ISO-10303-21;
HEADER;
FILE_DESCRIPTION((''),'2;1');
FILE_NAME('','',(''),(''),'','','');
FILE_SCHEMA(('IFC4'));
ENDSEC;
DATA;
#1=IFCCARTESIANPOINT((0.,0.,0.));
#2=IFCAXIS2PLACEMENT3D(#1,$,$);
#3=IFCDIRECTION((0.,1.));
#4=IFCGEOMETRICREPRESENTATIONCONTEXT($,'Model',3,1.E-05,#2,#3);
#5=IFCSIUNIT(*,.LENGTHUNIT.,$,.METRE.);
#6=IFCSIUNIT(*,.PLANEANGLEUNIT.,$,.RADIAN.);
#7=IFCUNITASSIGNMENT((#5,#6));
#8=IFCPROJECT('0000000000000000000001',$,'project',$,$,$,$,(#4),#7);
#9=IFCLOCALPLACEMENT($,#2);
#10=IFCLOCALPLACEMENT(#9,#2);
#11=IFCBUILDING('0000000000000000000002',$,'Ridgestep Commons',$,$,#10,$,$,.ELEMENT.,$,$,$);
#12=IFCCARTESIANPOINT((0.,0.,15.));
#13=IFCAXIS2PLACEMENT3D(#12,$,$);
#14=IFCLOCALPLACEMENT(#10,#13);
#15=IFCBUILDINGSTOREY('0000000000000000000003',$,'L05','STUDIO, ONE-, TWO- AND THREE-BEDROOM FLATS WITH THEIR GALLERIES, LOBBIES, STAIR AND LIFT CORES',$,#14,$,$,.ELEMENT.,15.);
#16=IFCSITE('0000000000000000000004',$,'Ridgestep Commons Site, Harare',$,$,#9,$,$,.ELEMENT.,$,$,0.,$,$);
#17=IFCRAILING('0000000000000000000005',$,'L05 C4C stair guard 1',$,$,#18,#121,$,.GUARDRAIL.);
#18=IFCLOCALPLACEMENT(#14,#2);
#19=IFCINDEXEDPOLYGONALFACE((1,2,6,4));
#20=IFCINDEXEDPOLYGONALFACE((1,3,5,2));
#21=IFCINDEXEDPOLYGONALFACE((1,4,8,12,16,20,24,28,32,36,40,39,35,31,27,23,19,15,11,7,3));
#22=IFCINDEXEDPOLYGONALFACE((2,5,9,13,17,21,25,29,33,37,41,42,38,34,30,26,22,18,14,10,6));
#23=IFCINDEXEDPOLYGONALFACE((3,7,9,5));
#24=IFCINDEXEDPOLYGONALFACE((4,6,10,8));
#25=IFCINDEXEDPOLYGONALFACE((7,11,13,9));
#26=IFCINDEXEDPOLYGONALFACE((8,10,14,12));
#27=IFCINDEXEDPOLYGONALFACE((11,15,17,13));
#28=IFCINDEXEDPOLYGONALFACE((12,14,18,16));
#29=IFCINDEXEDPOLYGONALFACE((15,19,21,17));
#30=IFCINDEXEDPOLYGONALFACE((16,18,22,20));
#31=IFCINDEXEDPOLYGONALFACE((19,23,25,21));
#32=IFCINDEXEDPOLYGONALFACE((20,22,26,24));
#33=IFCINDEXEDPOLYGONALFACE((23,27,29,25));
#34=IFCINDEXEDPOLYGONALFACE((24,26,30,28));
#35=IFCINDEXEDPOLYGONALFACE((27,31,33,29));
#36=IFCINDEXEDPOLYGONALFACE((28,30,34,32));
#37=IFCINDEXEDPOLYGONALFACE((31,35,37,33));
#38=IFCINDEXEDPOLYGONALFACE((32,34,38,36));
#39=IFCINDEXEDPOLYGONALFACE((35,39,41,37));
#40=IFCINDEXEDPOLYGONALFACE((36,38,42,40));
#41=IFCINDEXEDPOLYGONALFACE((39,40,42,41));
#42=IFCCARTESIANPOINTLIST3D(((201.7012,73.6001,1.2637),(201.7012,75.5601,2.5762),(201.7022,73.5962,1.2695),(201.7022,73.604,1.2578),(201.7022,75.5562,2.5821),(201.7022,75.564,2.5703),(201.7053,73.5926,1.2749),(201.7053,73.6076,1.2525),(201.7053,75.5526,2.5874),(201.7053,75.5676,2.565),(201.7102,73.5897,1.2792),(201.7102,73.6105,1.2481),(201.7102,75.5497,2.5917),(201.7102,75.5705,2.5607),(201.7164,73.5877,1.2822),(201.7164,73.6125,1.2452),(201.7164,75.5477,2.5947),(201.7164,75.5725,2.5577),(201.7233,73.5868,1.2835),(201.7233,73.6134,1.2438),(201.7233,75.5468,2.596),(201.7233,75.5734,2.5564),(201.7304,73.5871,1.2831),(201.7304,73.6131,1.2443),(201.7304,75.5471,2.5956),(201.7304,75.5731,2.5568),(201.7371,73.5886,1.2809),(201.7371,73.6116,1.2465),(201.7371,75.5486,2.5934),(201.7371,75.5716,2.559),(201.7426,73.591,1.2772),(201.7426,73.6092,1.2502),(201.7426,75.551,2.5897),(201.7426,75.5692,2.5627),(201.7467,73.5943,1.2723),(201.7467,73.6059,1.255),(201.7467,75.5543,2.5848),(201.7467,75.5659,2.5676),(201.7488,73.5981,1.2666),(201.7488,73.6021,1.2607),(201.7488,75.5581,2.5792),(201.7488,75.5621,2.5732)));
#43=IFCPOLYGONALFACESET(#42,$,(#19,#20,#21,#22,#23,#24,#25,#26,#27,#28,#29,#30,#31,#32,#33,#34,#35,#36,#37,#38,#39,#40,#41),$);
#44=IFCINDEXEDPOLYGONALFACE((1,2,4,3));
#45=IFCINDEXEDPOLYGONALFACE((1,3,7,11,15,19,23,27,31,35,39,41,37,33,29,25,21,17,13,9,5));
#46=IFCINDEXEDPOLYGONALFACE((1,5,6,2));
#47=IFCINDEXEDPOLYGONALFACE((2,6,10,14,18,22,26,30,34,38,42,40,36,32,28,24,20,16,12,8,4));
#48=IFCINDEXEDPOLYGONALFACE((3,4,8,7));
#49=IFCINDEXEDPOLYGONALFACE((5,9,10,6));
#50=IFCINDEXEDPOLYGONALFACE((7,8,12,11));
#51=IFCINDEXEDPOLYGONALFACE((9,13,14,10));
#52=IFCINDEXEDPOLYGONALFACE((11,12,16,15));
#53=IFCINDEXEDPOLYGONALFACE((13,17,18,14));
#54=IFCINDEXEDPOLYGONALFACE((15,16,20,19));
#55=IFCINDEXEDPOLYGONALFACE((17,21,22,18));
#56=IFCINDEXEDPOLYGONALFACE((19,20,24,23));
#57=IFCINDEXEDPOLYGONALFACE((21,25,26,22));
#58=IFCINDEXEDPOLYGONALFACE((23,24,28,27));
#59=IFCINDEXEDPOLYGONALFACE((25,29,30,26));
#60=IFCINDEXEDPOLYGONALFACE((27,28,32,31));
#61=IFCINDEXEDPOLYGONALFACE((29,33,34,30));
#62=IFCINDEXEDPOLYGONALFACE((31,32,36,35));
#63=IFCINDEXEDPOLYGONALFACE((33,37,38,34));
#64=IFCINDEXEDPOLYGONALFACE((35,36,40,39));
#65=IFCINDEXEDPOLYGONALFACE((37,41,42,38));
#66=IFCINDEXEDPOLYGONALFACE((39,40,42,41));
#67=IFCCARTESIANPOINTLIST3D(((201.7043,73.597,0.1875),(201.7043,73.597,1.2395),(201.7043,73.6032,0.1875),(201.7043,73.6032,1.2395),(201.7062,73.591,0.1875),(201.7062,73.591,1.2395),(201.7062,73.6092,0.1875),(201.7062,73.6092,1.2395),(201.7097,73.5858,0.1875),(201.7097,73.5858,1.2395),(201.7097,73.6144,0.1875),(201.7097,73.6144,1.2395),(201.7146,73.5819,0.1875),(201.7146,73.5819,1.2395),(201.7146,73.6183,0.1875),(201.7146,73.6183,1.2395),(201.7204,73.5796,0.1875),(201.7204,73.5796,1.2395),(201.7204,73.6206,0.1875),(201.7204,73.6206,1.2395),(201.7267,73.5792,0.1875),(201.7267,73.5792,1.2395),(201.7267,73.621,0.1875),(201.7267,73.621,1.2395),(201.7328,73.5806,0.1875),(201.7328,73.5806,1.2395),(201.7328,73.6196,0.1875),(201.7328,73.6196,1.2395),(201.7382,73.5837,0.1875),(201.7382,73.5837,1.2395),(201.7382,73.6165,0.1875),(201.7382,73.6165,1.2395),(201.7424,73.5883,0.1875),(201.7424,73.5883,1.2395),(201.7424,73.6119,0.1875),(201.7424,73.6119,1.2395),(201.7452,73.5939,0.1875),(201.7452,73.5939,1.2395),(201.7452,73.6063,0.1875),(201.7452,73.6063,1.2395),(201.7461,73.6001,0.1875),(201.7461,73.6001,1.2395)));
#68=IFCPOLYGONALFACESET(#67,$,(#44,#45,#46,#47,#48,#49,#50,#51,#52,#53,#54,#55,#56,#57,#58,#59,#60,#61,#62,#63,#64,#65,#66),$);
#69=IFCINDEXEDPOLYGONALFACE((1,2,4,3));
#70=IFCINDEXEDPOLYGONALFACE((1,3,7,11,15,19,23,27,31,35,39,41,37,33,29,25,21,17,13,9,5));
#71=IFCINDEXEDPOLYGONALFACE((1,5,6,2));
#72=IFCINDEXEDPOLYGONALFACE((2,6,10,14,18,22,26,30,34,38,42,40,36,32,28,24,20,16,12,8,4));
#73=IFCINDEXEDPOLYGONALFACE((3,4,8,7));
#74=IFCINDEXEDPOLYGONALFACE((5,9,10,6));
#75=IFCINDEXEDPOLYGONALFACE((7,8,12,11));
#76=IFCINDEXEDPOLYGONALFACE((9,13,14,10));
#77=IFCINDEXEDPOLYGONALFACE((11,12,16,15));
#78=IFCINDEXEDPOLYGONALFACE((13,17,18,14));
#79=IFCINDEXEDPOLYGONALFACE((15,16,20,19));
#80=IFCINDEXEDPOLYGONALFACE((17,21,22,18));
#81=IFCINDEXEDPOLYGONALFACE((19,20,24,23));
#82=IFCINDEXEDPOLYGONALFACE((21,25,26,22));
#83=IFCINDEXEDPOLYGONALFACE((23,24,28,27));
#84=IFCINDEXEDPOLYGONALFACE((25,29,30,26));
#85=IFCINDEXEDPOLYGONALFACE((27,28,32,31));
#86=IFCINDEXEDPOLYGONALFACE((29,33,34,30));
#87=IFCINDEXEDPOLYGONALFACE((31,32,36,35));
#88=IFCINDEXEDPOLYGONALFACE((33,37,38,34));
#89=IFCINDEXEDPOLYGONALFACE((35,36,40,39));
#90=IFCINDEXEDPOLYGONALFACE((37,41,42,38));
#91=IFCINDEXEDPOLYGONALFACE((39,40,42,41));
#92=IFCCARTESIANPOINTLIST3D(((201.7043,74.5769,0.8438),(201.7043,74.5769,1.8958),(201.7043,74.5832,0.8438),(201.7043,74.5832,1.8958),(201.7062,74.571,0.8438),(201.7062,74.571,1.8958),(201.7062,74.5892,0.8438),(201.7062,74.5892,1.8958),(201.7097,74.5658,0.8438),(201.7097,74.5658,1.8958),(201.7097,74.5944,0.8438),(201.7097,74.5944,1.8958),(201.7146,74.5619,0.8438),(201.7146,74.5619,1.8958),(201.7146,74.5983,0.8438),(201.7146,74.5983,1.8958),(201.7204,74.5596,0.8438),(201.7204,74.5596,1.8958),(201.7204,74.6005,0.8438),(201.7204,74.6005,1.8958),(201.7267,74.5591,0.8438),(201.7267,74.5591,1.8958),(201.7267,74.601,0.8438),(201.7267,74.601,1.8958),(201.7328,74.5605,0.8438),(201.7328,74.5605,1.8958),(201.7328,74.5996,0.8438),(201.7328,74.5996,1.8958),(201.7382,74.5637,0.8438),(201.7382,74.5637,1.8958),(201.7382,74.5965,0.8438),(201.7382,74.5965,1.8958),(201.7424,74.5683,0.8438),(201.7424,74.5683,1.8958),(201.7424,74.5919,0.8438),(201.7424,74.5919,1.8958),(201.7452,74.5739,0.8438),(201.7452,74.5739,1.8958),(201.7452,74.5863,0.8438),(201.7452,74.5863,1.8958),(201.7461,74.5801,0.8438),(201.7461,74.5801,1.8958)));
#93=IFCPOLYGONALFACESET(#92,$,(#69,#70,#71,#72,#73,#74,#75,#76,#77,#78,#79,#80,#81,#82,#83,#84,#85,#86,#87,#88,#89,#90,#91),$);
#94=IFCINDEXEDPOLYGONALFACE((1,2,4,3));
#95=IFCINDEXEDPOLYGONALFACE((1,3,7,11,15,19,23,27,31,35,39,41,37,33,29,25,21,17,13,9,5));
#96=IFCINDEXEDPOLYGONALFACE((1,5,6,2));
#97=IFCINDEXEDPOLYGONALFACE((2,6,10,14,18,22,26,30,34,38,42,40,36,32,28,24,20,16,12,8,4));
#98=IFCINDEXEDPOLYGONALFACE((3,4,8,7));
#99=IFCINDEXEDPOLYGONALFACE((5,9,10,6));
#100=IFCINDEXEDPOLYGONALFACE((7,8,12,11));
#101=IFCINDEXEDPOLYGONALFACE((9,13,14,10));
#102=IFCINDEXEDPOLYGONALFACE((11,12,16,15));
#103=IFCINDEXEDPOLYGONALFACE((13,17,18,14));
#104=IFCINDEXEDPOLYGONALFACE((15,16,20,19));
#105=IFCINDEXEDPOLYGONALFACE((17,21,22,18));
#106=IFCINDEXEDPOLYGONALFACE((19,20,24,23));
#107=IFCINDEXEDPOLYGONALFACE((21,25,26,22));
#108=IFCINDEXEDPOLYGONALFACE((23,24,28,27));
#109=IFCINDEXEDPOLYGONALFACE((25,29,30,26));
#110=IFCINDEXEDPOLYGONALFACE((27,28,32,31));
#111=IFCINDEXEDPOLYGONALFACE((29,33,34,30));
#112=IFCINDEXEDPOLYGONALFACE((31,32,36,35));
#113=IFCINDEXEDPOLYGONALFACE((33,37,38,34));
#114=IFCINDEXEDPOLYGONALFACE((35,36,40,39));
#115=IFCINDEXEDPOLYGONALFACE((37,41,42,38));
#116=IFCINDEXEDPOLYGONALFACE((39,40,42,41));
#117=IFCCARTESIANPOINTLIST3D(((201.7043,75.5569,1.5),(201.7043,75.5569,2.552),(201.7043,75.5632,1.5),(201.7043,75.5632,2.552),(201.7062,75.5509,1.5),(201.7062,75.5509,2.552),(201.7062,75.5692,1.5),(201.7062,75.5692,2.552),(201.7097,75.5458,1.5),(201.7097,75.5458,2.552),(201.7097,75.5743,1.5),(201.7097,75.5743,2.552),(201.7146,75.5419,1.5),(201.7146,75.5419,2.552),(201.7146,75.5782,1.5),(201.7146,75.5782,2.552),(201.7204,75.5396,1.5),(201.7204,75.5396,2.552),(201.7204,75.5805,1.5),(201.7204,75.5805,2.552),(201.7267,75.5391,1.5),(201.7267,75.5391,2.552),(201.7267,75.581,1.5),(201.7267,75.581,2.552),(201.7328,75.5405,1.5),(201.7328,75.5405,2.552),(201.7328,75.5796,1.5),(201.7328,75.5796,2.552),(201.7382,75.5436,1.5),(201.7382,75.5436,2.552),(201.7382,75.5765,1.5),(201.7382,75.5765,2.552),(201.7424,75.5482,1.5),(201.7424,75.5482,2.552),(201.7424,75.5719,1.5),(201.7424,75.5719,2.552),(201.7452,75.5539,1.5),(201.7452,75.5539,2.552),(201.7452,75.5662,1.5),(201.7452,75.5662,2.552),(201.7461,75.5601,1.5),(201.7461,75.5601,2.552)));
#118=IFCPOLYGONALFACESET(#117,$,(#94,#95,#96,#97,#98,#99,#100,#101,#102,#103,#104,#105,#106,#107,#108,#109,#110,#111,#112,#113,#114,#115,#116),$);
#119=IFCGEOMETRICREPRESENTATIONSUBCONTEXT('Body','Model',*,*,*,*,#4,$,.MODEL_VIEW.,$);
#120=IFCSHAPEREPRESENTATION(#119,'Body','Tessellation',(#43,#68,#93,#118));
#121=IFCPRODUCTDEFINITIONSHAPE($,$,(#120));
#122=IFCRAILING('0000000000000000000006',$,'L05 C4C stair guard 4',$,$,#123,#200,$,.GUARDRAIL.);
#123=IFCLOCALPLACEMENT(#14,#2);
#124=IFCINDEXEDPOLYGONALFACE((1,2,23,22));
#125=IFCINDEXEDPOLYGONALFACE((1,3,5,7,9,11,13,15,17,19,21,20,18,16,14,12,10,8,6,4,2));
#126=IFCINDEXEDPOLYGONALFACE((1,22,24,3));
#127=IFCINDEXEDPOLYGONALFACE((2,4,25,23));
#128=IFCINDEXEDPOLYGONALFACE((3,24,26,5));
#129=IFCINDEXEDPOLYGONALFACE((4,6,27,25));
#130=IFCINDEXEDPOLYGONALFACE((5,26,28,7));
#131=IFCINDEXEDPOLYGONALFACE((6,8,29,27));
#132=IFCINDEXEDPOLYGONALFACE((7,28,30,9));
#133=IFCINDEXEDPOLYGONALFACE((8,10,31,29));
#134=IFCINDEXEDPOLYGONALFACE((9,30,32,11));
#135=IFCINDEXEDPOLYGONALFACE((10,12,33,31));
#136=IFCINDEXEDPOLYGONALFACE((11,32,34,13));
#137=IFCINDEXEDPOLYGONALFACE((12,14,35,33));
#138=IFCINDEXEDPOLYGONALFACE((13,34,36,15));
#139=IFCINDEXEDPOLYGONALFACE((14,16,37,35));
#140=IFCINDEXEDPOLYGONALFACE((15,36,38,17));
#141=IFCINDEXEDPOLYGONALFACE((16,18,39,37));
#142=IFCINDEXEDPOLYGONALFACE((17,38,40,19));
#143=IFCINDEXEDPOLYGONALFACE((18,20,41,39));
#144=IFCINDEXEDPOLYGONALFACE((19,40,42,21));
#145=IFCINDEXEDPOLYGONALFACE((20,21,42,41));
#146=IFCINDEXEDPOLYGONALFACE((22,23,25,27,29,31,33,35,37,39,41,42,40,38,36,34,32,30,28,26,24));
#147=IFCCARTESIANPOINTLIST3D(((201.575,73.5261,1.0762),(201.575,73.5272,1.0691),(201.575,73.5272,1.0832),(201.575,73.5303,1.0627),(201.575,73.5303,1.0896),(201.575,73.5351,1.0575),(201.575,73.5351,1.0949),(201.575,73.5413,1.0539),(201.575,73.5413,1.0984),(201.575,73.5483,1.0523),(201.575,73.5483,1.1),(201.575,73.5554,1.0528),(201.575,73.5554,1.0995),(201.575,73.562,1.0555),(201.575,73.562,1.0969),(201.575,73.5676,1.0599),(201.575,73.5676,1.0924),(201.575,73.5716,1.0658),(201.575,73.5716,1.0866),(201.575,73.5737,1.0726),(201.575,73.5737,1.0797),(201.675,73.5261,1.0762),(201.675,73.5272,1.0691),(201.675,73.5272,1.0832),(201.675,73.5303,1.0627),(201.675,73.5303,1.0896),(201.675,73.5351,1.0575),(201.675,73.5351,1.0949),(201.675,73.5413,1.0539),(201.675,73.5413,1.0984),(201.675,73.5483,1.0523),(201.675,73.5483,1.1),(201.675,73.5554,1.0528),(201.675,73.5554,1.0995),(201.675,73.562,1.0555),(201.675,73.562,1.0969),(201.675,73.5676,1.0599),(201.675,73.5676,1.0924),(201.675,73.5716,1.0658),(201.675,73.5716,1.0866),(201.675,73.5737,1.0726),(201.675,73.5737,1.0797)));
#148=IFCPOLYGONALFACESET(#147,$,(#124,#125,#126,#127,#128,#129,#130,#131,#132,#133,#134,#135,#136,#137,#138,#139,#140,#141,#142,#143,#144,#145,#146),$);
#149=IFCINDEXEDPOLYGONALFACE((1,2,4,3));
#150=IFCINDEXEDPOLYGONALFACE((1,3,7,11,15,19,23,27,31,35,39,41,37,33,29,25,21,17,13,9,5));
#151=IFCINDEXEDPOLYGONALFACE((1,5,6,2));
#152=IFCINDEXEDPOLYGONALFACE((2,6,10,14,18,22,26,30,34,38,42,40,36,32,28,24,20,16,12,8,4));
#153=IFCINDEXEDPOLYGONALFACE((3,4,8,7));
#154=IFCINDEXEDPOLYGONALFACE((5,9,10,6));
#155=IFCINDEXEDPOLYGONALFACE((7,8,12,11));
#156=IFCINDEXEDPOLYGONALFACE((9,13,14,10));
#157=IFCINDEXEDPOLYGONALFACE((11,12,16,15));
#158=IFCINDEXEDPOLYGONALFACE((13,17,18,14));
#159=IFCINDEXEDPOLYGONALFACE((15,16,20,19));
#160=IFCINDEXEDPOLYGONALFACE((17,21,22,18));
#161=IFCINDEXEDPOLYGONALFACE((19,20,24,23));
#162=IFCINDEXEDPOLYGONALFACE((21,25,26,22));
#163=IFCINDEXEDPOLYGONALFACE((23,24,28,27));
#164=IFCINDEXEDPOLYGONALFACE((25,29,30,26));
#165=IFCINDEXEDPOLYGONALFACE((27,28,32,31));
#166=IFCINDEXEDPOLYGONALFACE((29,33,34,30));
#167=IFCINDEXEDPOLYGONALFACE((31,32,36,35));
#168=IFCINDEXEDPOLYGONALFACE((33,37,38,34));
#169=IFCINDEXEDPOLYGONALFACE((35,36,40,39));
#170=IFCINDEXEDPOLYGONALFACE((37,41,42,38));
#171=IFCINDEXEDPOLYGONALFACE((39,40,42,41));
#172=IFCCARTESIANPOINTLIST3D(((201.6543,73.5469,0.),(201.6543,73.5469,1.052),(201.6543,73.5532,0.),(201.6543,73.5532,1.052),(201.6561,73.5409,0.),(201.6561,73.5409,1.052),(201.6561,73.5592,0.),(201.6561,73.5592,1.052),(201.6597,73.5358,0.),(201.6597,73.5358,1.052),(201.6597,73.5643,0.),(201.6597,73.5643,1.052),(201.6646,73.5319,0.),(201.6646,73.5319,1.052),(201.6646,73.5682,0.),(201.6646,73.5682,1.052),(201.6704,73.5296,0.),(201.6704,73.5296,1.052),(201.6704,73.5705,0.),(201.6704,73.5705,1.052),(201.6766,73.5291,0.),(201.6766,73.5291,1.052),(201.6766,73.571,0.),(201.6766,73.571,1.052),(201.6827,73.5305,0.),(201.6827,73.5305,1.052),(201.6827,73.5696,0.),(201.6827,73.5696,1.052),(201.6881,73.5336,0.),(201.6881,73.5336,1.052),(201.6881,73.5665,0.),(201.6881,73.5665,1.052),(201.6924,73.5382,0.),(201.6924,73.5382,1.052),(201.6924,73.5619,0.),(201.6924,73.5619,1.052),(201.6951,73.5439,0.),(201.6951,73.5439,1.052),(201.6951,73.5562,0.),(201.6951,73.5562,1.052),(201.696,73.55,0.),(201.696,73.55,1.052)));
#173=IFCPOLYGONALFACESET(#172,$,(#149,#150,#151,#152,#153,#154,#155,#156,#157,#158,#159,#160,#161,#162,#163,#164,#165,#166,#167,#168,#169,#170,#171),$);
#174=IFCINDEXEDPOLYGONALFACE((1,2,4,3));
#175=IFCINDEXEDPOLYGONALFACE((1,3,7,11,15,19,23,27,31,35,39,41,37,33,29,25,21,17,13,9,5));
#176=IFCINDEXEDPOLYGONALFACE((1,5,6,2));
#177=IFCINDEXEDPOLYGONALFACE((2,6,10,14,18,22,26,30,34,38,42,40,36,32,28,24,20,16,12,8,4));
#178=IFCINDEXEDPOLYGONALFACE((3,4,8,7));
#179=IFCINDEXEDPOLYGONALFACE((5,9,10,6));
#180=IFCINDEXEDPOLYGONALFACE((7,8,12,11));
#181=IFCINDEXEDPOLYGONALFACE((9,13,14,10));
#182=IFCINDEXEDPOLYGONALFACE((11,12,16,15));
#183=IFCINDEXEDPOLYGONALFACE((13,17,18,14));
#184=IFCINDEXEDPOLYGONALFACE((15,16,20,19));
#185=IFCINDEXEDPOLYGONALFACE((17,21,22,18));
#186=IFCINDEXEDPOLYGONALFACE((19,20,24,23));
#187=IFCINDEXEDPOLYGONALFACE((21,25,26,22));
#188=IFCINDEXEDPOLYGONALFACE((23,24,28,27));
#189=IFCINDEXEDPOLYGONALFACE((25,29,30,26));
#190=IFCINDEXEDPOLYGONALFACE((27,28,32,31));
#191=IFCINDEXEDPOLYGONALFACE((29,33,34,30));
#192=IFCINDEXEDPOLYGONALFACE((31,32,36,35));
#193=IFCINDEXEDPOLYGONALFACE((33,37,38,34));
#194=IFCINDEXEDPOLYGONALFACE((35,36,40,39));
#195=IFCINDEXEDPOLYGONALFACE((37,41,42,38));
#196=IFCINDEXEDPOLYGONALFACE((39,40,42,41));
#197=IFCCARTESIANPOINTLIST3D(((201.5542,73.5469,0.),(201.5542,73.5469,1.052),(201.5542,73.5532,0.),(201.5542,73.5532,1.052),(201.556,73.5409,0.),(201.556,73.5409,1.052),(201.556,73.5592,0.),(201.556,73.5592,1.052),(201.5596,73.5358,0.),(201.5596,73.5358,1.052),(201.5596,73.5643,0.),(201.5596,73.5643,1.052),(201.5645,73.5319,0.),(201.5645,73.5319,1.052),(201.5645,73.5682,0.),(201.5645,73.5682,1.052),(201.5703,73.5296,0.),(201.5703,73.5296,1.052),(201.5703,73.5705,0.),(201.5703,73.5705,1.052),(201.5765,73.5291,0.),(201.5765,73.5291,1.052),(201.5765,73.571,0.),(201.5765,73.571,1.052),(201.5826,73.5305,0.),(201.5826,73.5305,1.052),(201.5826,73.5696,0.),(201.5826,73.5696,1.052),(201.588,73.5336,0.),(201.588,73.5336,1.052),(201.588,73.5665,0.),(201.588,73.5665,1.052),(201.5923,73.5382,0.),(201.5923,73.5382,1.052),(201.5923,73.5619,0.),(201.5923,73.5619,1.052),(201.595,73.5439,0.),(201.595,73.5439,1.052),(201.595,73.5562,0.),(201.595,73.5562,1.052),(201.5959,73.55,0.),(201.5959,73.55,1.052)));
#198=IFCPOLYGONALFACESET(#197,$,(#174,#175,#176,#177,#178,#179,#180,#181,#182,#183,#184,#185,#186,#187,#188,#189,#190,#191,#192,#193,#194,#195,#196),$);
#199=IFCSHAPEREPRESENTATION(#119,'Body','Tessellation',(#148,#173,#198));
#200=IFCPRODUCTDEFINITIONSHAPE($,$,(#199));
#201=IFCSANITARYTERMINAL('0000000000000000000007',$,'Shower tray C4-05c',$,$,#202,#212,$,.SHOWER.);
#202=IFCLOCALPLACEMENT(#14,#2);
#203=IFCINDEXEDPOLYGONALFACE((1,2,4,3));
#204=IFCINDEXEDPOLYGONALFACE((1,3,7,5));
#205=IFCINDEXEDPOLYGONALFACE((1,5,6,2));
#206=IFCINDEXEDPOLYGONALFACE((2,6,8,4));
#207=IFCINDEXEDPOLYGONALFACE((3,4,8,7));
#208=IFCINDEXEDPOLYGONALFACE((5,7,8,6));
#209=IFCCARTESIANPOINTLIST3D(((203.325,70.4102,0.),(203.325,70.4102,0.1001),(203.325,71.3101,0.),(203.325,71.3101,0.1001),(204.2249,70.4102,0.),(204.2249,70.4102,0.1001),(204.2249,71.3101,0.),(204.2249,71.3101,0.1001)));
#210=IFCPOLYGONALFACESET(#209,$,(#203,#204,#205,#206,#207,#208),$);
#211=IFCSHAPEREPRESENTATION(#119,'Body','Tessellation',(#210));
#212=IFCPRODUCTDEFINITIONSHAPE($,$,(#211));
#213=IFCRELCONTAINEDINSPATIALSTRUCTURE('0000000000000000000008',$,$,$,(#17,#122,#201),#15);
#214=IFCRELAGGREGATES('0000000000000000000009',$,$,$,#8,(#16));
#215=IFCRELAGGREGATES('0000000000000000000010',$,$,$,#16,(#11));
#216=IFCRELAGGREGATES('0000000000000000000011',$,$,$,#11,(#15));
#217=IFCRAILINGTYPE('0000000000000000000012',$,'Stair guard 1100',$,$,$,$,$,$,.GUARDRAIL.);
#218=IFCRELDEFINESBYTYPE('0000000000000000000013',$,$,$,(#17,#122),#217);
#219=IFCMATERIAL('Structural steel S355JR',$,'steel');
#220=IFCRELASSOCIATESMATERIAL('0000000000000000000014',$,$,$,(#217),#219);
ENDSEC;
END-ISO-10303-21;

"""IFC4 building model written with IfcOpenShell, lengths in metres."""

from ifc_helpers import new_model, si_unit, direction, frame, origin, origin_2d, place, context, subcontext, project, spatial, rectangle, circle, extrude, material, type_object, element, save


model = new_model("IFC4")

# Units and contexts
model_context = context("Model", 3, precision=1e-05, world=origin(), true_north=direction((0.0, 1.0)))
body_context = subcontext(model_context, "Body", "Model", "MODEL_VIEW")
ifc_project = project(units=[si_unit("LENGTHUNIT", "METRE"), si_unit("PLANEANGLEUNIT", "RADIAN")], contexts=[model_context])

# Site, building, storey
site_placement = place(None, origin())
site = spatial("IfcSite", under=ifc_project, at=site_placement, Name="Ridgestep Commons Site, Harare", CompositionType="ELEMENT", RefElevation=0.0)
building_placement = place(site_placement, origin())
building = spatial("IfcBuilding", under=site, at=building_placement, Name="Ridgestep Commons", CompositionType="ELEMENT")
storey_placement = place(building_placement, frame((0.0, 0.0, 15.0)))
storey = spatial("IfcBuildingStorey", under=building, at=storey_placement, Name="L05", Description="STUDIO, ONE-, TWO- AND THREE-BEDROOM FLATS WITH THEIR GALLERIES, LOBBIES, STAIR AND LIFT CORES", CompositionType="ELEMENT", Elevation=15.0)

# Railings
ifc_material_1 = material(Name="Structural steel S355JR", Category="steel")
railing_type_1 = type_object("IfcRailingType", Name="Stair guard 1100", PredefinedType="GUARDRAIL", material=ifc_material_1)
railing_1_placement = place(storey_placement, frame((201.7251, 73.6001, 0.1875)))
element("IfcRailing", 1, at=railing_1_placement, inside=storey, type_object=railing_type_1, Name="L05 C4C stair guard 1", PredefinedType="GUARDRAIL", context=body_context, shape_type="SweptSolid", body=[
    extrude(circle(Radius=0.0239, at=origin_2d()), frame((0.0, 0.0, 1.0762), z_axis=(0.0, 0.830902, 0.556419), x_axis=(-1.0, 0.0, 0.0)), (0.0, 0.0, 1.0), 2.3589),
    extrude(circle(Radius=0.021, at=origin_2d()), origin(), (0.0, 0.0, 1.0), 1.052),
    extrude(circle(Radius=0.021, at=origin_2d()), frame((0.0, 0.98, 0.6562)), (0.0, 0.0, 1.0), 1.052),
    extrude(circle(Radius=0.021, at=origin_2d()), frame((0.0, 1.96, 1.3125)), (0.0, 0.0, 1.0), 1.052),
])
railing_2_placement = place(storey_placement, frame((201.675, 73.55, 0.0)))
element("IfcRailing", 2, at=railing_2_placement, inside=storey, type_object=railing_type_1, Name="L05 C4C stair guard 4", PredefinedType="GUARDRAIL", context=body_context, shape_type="SweptSolid", body=[
    extrude(circle(Radius=0.0239, at=origin_2d()), frame((0.0, 0.0, 1.0762), z_axis=(-1.0, 0.0, 0.0), x_axis=(0.0, -1.0, 0.0)), (0.0, 0.0, 1.0), 0.1001),
    extrude(circle(Radius=0.021, at=origin_2d()), origin(), (0.0, 0.0, 1.0), 1.052),
    extrude(circle(Radius=0.021, at=origin_2d()), frame((-0.1001, 0.0, 0.0)), (0.0, 0.0, 1.0), 1.052),
])

# Sanitary terminal
sanitary_terminal_1_placement = place(storey_placement, frame((203.7749, 70.8601, 0.0), z_axis=(0.0, 0.0, 1.0), x_axis=(1.0, 0.0, 0.0)))
element("IfcSanitaryTerminal", 3, at=sanitary_terminal_1_placement, inside=storey, Name="Shower tray C4-05c", PredefinedType="SHOWER", context=body_context, shape_type="SweptSolid", body=[
    extrude(rectangle(XDim=0.8999, YDim=0.8999, at=origin_2d()), origin(), (0.0, 0.0, 1.0), 0.1001),
])

save(model, "model.ifc")
